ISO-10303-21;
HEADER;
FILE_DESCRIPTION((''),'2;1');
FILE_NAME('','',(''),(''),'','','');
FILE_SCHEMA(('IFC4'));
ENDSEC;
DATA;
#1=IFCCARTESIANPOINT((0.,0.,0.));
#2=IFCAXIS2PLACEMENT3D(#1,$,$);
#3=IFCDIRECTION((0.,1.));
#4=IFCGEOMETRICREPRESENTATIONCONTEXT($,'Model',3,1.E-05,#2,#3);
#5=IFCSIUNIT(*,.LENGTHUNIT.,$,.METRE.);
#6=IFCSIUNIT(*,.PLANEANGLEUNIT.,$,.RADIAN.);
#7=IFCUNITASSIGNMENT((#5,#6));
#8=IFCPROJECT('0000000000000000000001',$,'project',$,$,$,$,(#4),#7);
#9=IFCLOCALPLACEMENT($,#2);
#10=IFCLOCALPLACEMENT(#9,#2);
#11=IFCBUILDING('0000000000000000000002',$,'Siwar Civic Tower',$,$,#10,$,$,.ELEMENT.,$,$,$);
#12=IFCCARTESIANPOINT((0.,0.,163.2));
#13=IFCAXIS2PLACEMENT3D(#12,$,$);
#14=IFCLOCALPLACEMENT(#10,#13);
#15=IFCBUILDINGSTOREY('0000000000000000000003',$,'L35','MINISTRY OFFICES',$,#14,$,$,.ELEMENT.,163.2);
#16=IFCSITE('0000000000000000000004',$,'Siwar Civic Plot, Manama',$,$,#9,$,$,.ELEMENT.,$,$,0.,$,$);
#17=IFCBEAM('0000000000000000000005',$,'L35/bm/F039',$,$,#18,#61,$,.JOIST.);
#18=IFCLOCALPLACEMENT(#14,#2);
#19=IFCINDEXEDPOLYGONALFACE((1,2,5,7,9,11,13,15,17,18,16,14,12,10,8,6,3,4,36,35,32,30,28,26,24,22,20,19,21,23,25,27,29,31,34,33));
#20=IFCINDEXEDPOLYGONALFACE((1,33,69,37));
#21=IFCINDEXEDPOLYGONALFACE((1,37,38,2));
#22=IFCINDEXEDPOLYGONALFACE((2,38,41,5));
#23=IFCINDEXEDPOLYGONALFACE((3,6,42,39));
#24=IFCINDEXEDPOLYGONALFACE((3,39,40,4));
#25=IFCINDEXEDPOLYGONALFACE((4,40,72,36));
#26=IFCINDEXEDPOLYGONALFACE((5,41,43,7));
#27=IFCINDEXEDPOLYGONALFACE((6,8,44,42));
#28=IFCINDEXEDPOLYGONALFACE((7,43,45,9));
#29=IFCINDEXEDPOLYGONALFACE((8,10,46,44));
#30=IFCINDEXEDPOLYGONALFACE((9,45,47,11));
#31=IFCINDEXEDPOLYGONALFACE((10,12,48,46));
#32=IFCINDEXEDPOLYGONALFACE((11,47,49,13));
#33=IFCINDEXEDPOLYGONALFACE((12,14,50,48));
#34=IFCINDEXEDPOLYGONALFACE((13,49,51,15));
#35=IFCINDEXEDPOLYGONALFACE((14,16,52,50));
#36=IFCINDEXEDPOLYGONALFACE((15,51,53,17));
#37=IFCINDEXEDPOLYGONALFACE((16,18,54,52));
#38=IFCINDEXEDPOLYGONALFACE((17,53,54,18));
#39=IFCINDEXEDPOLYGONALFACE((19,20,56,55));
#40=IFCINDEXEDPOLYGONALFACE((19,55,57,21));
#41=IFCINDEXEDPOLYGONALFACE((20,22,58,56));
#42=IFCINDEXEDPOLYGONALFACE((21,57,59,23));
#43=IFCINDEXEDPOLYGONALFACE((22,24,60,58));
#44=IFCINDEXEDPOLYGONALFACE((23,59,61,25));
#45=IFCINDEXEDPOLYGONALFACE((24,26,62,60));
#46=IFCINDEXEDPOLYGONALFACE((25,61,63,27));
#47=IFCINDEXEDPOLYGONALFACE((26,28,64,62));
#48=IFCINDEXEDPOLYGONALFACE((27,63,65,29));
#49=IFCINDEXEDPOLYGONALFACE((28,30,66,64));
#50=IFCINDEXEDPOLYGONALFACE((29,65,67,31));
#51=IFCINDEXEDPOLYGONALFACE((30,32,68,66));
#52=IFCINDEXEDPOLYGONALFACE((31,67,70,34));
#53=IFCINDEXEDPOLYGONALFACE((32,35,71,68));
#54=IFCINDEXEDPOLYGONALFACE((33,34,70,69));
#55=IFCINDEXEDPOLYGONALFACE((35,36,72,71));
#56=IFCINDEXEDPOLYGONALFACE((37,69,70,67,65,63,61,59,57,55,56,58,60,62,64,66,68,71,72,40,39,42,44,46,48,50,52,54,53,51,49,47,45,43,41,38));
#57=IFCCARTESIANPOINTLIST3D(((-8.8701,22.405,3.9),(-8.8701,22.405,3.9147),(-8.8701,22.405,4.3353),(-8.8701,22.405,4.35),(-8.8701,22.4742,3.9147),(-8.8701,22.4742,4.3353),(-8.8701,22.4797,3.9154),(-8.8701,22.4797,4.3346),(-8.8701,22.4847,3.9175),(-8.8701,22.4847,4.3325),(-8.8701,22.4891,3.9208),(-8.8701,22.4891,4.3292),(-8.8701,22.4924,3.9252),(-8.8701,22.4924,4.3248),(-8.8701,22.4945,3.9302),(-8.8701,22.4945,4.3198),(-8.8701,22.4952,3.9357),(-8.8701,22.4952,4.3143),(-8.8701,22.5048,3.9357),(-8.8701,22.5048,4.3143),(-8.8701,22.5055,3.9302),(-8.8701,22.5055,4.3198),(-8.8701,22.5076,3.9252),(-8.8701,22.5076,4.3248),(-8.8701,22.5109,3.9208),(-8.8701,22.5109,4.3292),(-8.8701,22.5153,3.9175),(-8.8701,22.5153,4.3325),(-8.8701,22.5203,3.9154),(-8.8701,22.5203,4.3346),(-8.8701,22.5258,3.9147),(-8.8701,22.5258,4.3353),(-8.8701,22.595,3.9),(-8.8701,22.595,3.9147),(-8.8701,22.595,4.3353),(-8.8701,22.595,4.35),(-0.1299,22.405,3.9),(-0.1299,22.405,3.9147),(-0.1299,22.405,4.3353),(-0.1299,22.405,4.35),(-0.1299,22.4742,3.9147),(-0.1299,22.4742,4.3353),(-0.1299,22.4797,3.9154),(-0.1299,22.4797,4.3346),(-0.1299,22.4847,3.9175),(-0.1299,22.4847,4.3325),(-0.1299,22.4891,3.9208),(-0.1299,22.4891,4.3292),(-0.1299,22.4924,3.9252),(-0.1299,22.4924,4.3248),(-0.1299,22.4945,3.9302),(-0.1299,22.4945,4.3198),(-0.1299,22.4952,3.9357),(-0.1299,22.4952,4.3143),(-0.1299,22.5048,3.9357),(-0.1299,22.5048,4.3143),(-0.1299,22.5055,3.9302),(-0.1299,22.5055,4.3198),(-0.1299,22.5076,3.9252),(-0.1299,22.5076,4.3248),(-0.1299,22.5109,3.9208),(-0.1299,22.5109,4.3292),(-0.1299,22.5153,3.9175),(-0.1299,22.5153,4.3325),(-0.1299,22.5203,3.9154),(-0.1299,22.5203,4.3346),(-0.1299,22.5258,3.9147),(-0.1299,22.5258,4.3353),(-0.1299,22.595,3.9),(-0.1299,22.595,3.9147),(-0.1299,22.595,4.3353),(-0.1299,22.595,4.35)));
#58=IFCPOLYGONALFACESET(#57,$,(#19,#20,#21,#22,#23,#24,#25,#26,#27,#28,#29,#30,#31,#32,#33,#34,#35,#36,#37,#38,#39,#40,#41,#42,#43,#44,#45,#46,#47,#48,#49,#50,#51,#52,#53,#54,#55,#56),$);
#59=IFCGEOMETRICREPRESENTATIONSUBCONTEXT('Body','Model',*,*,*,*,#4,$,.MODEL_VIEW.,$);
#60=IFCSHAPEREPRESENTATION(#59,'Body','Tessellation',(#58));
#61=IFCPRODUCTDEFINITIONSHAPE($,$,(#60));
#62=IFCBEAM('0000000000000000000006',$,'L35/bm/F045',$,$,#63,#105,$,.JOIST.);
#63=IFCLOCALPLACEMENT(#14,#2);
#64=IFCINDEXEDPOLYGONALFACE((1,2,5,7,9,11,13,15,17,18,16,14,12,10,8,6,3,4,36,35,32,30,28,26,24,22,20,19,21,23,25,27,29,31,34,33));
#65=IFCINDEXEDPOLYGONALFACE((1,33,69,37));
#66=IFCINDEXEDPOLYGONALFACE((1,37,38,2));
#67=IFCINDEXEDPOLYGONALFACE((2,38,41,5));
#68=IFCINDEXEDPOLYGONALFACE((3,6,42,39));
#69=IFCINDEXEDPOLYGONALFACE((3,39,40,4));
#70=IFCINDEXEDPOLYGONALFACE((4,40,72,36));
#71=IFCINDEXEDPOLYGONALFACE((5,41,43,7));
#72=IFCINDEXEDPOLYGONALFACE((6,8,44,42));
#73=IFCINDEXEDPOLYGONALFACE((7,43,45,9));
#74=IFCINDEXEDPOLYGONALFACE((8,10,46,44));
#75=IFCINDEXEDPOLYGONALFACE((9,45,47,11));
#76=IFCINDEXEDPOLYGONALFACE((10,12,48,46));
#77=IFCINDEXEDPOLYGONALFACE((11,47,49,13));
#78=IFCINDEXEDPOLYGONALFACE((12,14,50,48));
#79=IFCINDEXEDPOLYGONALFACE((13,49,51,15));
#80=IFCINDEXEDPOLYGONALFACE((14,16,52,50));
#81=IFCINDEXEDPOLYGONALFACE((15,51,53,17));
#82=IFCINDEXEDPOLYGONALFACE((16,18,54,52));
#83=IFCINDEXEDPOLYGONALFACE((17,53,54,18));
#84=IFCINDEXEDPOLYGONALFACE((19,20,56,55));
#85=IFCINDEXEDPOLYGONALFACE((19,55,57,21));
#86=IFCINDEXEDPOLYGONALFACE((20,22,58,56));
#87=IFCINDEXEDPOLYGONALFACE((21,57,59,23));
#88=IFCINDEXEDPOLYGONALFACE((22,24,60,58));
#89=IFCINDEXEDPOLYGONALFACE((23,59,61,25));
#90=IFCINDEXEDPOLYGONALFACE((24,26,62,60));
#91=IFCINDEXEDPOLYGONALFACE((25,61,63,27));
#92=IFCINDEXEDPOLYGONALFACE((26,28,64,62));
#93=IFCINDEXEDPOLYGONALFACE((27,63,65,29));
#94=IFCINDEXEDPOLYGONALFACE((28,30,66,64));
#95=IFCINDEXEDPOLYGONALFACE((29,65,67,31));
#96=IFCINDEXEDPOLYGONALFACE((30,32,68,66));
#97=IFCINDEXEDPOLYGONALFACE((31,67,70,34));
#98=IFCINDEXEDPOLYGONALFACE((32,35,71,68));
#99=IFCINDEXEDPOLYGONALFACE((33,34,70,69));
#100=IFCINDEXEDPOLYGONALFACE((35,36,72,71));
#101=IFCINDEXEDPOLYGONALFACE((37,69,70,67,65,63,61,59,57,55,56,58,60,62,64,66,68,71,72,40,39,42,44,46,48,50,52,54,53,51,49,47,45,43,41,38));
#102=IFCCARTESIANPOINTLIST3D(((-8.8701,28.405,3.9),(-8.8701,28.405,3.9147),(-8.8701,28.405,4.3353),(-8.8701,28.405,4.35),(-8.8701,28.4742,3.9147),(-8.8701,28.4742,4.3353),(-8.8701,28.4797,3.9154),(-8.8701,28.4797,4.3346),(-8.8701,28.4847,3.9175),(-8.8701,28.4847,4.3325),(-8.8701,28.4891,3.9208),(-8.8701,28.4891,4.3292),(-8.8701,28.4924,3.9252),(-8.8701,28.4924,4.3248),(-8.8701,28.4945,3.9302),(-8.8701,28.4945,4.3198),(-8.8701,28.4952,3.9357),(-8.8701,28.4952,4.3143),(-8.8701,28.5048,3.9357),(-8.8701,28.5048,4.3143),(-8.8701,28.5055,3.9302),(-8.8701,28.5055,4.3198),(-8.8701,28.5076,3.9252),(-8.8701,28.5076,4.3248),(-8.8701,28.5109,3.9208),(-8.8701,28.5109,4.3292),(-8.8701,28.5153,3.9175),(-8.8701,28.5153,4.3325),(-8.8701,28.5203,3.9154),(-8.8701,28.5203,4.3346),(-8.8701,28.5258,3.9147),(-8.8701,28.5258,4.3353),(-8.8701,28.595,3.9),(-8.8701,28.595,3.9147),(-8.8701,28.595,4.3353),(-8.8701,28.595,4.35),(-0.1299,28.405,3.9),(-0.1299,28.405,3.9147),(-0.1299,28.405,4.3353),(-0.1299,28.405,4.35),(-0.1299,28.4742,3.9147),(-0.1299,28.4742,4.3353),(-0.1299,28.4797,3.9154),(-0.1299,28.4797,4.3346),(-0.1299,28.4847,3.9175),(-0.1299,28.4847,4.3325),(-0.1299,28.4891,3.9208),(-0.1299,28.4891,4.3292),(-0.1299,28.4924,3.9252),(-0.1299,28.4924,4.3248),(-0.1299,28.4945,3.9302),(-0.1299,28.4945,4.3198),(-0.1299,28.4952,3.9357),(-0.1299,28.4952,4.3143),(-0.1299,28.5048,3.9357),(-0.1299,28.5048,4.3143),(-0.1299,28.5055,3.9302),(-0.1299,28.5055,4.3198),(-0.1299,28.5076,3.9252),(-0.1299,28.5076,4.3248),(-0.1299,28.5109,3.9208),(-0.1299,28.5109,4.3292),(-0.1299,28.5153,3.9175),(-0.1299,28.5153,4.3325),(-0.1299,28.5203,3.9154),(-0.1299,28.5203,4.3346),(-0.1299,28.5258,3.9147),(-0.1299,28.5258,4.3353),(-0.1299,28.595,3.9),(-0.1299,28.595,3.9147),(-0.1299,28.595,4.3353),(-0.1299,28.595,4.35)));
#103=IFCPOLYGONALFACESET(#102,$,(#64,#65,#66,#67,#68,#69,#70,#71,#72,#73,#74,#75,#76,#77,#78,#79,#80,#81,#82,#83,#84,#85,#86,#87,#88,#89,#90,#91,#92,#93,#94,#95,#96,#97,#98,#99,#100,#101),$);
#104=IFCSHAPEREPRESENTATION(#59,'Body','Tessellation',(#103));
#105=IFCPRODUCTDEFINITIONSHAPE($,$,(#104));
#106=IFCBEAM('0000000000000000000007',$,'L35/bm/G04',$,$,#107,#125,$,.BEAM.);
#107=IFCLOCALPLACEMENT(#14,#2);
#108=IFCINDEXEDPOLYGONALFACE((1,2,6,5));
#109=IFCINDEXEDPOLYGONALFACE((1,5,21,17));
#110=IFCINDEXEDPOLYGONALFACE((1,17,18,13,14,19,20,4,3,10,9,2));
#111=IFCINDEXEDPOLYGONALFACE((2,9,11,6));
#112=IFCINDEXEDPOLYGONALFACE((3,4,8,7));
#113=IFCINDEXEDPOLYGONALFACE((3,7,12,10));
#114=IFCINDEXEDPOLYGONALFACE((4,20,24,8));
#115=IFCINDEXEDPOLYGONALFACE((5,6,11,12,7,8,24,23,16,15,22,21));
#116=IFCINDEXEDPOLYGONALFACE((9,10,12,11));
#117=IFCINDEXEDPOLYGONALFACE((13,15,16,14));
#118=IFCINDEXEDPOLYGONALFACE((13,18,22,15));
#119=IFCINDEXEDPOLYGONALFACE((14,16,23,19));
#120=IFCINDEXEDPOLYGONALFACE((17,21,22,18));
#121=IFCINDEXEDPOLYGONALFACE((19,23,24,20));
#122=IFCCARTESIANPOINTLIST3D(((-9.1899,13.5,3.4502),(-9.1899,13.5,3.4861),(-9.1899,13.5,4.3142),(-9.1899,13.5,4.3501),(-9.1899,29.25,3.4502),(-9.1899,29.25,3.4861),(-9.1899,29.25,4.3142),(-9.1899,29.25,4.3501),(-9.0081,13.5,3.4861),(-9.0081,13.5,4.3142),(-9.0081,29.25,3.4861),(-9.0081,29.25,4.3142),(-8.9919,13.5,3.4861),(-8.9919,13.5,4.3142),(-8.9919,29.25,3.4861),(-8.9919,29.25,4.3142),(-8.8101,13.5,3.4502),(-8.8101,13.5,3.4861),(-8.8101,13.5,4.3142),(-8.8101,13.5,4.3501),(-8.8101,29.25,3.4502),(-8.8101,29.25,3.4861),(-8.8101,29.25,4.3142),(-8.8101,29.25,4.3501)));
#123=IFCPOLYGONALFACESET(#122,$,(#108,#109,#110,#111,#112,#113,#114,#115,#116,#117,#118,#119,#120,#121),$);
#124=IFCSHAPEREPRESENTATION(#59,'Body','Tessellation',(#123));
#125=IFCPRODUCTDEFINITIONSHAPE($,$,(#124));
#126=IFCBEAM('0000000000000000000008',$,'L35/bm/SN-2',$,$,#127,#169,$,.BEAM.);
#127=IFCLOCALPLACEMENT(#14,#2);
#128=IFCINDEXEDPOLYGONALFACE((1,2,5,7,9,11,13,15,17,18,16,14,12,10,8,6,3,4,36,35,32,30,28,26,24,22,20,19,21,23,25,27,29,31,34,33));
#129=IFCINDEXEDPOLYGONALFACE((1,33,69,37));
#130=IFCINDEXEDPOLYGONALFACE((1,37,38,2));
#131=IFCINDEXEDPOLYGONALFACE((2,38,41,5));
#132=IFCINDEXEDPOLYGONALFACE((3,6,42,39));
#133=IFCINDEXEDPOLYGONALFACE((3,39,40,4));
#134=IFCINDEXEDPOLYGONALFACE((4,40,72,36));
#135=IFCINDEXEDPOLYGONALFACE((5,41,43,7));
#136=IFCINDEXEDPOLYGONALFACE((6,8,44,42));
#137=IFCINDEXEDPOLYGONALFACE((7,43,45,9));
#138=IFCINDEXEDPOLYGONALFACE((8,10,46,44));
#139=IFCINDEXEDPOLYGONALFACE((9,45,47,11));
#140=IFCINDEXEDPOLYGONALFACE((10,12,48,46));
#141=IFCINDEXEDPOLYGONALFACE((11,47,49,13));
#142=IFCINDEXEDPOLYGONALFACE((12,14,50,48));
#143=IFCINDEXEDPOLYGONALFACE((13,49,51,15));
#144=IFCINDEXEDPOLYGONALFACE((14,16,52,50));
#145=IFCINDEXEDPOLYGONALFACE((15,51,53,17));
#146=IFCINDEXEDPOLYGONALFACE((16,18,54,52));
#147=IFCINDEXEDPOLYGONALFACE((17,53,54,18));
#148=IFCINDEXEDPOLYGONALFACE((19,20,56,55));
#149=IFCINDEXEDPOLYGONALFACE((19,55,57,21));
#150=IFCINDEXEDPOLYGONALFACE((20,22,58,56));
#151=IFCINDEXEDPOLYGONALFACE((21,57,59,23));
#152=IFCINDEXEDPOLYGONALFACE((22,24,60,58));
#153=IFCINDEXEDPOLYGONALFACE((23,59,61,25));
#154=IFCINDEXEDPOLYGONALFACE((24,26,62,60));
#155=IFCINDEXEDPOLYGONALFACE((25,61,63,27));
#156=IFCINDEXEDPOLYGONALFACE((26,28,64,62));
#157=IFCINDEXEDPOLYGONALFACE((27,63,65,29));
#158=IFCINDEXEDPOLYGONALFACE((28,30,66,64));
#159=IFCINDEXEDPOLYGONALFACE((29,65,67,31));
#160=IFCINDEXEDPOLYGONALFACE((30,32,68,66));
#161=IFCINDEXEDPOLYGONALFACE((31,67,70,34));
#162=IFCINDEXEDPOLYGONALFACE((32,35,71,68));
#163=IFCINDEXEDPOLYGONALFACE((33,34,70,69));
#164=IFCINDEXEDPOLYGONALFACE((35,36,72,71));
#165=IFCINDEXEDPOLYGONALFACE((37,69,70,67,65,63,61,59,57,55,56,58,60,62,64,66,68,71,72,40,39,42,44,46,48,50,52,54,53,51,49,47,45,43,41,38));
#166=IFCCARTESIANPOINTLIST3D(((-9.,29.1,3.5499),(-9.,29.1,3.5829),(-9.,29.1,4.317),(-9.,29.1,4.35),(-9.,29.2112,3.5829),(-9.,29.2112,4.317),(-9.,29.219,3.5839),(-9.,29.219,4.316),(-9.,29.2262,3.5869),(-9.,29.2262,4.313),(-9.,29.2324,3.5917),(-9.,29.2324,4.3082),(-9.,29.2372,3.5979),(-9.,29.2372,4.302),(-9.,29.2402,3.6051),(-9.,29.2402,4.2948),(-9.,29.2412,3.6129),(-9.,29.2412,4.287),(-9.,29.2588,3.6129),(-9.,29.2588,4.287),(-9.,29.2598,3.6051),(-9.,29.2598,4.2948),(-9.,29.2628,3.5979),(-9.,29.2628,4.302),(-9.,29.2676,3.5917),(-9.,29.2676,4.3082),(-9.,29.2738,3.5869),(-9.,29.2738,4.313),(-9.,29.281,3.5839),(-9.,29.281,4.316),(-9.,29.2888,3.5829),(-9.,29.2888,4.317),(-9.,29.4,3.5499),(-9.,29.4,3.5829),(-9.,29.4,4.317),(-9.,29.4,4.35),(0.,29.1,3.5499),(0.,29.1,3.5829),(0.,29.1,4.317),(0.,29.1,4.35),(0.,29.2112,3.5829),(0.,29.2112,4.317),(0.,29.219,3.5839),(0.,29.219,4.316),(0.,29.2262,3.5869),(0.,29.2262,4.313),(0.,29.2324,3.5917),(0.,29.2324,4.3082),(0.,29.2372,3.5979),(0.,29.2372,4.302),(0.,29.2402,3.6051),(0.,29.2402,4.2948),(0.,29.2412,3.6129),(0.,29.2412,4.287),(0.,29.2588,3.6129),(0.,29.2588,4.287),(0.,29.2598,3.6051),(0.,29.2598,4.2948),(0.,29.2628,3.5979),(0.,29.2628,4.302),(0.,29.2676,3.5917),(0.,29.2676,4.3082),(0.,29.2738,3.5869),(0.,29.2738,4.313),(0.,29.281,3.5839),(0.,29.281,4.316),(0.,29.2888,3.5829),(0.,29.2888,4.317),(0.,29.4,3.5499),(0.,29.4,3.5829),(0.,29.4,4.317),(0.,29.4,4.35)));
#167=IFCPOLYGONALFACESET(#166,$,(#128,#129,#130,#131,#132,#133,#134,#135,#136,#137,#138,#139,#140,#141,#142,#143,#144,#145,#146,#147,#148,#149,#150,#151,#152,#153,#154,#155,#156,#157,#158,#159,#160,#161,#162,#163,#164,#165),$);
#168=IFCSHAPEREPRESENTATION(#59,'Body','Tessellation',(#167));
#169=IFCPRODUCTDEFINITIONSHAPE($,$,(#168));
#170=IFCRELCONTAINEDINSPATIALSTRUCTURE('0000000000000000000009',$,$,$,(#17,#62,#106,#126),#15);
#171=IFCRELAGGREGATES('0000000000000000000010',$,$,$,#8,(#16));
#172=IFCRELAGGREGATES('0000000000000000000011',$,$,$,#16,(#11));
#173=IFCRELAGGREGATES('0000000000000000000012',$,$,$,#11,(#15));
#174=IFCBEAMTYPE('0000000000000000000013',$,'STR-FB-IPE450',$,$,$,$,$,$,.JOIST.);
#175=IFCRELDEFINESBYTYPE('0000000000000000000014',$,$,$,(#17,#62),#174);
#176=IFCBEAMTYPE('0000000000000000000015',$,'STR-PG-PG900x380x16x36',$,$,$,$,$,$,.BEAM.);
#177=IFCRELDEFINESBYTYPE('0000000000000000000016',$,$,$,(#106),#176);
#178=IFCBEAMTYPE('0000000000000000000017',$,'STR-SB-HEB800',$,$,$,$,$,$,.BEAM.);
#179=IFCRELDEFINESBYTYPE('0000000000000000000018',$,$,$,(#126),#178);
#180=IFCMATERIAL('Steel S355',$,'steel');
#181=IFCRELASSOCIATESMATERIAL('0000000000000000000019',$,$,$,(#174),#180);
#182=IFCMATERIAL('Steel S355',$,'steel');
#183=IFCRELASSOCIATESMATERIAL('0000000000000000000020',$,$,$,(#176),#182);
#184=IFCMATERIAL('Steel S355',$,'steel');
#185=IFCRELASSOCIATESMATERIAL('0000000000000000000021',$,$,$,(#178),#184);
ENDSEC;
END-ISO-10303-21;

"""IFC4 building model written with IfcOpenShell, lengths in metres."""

from ifc_helpers import new_model, si_unit, direction, frame, origin, origin_2d, place, context, subcontext, project, spatial, i_section, extrude, material, material_profile, profile_set, type_object, element, save


model = new_model("IFC4")

# Units and contexts
model_context = context("Model", 3, precision=1e-05, world=origin(), true_north=direction((0.0, 1.0)))
body_context = subcontext(model_context, "Body", "Model", "MODEL_VIEW")
ifc_project = project(units=[si_unit("LENGTHUNIT", "METRE"), si_unit("PLANEANGLEUNIT", "RADIAN")], contexts=[model_context])

# Site, building, storey
site_placement = place(None, origin())
site = spatial("IfcSite", under=ifc_project, at=site_placement, Name="Siwar Civic Plot, Manama", CompositionType="ELEMENT", RefElevation=0.0)
building_placement = place(site_placement, origin())
building = spatial("IfcBuilding", under=site, at=building_placement, Name="Siwar Civic Tower", CompositionType="ELEMENT")
storey_placement = place(building_placement, frame((0.0, 0.0, 163.2)))
storey = spatial("IfcBuildingStorey", under=building, at=storey_placement, Name="L35", Description="MINISTRY OFFICES", CompositionType="ELEMENT", Elevation=163.2)

# Beams
ifc_material_1 = material(Name="Steel S355", Category="steel")
ifc_material_profile_1 = material_profile(ifc_material_1, i_section(OverallWidth=0.1899, OverallDepth=0.45, WebThickness=0.0095, FlangeThickness=0.0146, FilletRadius=0.021, at=origin_2d()), Name="IPE450")
ifc_profile_set_1 = profile_set([ifc_material_profile_1], Name="Steel S355")
beam_type_1 = type_object("IfcBeamType", Name="STR-FB-IPE450", PredefinedType="JOIST", material=ifc_profile_set_1)
for number, where, z_axis, x_axis, name in (
    (1, (-8.8701, 22.5, 4.125), (1.0, 0.0, 0.0), (0.0, 1.0, 0.0), "L35/bm/F039"),
    (2, (-8.8701, 28.5, 4.125), (1.0, 0.0, 0.0), (0.0, 1.0, 0.0), "L35/bm/F045"),
):
    element("IfcBeam", number, at=place(storey_placement, frame(where, z_axis=z_axis, x_axis=x_axis)), inside=storey, type_object=beam_type_1, Name=name, PredefinedType="JOIST", context=body_context, shape_type="SweptSolid", body=[
        extrude(i_section(OverallWidth=0.1899, OverallDepth=0.45, WebThickness=0.0095, FlangeThickness=0.0146, FilletRadius=0.021, at=origin_2d()), origin(), (0.0, 0.0, 1.0), 8.7402),
    ])
ifc_material_2 = material(Name="Steel S355", Category="steel")
ifc_material_profile_2 = material_profile(ifc_material_2, i_section(OverallWidth=0.3799, OverallDepth=0.8999, WebThickness=0.0161, FlangeThickness=0.0359, at=origin_2d()), Name="PG900x380x16x36")
ifc_profile_set_2 = profile_set([ifc_material_profile_2], Name="Steel S355")
beam_type_2 = type_object("IfcBeamType", Name="STR-PG-PG900x380x16x36", PredefinedType="BEAM", material=ifc_profile_set_2)
beam_1_placement = place(storey_placement, frame((-9.0, 13.5, 3.9001), z_axis=(0.0, 1.0, 0.0), x_axis=(-1.0, 0.0, 0.0)))
element("IfcBeam", 3, at=beam_1_placement, inside=storey, type_object=beam_type_2, Name="L35/bm/G04", PredefinedType="BEAM", context=body_context, shape_type="SweptSolid", body=[
    extrude(i_section(OverallWidth=0.3799, OverallDepth=0.8999, WebThickness=0.0161, FlangeThickness=0.0359, at=origin_2d()), origin(), (0.0, 0.0, 1.0), 15.75),
])
ifc_material_3 = material(Name="Steel S355", Category="steel")
ifc_material_profile_3 = material_profile(ifc_material_3, i_section(OverallWidth=0.3, OverallDepth=0.8, WebThickness=0.0176, FlangeThickness=0.033, FilletRadius=0.03, at=origin_2d()), Name="HEB800")
ifc_profile_set_3 = profile_set([ifc_material_profile_3], Name="Steel S355")
beam_type_3 = type_object("IfcBeamType", Name="STR-SB-HEB800", PredefinedType="BEAM", material=ifc_profile_set_3)
for number, where, z_axis, x_axis, name in (
    (4, (0.0, 29.25, 3.95), (-1.0, 0.0, 0.0), (0.0, -1.0, 0.0), "L35/bm/SN-2"),
):
    element("IfcBeam", number, at=place(storey_placement, frame(where, z_axis=z_axis, x_axis=x_axis)), inside=storey, type_object=beam_type_3, Name=name, PredefinedType="BEAM", context=body_context, shape_type="SweptSolid", body=[
        extrude(i_section(OverallWidth=0.3, OverallDepth=0.8, WebThickness=0.0176, FlangeThickness=0.033, FilletRadius=0.03, at=origin_2d()), origin(), (0.0, 0.0, 1.0), 9.0),
    ])

save(model, "model.ifc")
